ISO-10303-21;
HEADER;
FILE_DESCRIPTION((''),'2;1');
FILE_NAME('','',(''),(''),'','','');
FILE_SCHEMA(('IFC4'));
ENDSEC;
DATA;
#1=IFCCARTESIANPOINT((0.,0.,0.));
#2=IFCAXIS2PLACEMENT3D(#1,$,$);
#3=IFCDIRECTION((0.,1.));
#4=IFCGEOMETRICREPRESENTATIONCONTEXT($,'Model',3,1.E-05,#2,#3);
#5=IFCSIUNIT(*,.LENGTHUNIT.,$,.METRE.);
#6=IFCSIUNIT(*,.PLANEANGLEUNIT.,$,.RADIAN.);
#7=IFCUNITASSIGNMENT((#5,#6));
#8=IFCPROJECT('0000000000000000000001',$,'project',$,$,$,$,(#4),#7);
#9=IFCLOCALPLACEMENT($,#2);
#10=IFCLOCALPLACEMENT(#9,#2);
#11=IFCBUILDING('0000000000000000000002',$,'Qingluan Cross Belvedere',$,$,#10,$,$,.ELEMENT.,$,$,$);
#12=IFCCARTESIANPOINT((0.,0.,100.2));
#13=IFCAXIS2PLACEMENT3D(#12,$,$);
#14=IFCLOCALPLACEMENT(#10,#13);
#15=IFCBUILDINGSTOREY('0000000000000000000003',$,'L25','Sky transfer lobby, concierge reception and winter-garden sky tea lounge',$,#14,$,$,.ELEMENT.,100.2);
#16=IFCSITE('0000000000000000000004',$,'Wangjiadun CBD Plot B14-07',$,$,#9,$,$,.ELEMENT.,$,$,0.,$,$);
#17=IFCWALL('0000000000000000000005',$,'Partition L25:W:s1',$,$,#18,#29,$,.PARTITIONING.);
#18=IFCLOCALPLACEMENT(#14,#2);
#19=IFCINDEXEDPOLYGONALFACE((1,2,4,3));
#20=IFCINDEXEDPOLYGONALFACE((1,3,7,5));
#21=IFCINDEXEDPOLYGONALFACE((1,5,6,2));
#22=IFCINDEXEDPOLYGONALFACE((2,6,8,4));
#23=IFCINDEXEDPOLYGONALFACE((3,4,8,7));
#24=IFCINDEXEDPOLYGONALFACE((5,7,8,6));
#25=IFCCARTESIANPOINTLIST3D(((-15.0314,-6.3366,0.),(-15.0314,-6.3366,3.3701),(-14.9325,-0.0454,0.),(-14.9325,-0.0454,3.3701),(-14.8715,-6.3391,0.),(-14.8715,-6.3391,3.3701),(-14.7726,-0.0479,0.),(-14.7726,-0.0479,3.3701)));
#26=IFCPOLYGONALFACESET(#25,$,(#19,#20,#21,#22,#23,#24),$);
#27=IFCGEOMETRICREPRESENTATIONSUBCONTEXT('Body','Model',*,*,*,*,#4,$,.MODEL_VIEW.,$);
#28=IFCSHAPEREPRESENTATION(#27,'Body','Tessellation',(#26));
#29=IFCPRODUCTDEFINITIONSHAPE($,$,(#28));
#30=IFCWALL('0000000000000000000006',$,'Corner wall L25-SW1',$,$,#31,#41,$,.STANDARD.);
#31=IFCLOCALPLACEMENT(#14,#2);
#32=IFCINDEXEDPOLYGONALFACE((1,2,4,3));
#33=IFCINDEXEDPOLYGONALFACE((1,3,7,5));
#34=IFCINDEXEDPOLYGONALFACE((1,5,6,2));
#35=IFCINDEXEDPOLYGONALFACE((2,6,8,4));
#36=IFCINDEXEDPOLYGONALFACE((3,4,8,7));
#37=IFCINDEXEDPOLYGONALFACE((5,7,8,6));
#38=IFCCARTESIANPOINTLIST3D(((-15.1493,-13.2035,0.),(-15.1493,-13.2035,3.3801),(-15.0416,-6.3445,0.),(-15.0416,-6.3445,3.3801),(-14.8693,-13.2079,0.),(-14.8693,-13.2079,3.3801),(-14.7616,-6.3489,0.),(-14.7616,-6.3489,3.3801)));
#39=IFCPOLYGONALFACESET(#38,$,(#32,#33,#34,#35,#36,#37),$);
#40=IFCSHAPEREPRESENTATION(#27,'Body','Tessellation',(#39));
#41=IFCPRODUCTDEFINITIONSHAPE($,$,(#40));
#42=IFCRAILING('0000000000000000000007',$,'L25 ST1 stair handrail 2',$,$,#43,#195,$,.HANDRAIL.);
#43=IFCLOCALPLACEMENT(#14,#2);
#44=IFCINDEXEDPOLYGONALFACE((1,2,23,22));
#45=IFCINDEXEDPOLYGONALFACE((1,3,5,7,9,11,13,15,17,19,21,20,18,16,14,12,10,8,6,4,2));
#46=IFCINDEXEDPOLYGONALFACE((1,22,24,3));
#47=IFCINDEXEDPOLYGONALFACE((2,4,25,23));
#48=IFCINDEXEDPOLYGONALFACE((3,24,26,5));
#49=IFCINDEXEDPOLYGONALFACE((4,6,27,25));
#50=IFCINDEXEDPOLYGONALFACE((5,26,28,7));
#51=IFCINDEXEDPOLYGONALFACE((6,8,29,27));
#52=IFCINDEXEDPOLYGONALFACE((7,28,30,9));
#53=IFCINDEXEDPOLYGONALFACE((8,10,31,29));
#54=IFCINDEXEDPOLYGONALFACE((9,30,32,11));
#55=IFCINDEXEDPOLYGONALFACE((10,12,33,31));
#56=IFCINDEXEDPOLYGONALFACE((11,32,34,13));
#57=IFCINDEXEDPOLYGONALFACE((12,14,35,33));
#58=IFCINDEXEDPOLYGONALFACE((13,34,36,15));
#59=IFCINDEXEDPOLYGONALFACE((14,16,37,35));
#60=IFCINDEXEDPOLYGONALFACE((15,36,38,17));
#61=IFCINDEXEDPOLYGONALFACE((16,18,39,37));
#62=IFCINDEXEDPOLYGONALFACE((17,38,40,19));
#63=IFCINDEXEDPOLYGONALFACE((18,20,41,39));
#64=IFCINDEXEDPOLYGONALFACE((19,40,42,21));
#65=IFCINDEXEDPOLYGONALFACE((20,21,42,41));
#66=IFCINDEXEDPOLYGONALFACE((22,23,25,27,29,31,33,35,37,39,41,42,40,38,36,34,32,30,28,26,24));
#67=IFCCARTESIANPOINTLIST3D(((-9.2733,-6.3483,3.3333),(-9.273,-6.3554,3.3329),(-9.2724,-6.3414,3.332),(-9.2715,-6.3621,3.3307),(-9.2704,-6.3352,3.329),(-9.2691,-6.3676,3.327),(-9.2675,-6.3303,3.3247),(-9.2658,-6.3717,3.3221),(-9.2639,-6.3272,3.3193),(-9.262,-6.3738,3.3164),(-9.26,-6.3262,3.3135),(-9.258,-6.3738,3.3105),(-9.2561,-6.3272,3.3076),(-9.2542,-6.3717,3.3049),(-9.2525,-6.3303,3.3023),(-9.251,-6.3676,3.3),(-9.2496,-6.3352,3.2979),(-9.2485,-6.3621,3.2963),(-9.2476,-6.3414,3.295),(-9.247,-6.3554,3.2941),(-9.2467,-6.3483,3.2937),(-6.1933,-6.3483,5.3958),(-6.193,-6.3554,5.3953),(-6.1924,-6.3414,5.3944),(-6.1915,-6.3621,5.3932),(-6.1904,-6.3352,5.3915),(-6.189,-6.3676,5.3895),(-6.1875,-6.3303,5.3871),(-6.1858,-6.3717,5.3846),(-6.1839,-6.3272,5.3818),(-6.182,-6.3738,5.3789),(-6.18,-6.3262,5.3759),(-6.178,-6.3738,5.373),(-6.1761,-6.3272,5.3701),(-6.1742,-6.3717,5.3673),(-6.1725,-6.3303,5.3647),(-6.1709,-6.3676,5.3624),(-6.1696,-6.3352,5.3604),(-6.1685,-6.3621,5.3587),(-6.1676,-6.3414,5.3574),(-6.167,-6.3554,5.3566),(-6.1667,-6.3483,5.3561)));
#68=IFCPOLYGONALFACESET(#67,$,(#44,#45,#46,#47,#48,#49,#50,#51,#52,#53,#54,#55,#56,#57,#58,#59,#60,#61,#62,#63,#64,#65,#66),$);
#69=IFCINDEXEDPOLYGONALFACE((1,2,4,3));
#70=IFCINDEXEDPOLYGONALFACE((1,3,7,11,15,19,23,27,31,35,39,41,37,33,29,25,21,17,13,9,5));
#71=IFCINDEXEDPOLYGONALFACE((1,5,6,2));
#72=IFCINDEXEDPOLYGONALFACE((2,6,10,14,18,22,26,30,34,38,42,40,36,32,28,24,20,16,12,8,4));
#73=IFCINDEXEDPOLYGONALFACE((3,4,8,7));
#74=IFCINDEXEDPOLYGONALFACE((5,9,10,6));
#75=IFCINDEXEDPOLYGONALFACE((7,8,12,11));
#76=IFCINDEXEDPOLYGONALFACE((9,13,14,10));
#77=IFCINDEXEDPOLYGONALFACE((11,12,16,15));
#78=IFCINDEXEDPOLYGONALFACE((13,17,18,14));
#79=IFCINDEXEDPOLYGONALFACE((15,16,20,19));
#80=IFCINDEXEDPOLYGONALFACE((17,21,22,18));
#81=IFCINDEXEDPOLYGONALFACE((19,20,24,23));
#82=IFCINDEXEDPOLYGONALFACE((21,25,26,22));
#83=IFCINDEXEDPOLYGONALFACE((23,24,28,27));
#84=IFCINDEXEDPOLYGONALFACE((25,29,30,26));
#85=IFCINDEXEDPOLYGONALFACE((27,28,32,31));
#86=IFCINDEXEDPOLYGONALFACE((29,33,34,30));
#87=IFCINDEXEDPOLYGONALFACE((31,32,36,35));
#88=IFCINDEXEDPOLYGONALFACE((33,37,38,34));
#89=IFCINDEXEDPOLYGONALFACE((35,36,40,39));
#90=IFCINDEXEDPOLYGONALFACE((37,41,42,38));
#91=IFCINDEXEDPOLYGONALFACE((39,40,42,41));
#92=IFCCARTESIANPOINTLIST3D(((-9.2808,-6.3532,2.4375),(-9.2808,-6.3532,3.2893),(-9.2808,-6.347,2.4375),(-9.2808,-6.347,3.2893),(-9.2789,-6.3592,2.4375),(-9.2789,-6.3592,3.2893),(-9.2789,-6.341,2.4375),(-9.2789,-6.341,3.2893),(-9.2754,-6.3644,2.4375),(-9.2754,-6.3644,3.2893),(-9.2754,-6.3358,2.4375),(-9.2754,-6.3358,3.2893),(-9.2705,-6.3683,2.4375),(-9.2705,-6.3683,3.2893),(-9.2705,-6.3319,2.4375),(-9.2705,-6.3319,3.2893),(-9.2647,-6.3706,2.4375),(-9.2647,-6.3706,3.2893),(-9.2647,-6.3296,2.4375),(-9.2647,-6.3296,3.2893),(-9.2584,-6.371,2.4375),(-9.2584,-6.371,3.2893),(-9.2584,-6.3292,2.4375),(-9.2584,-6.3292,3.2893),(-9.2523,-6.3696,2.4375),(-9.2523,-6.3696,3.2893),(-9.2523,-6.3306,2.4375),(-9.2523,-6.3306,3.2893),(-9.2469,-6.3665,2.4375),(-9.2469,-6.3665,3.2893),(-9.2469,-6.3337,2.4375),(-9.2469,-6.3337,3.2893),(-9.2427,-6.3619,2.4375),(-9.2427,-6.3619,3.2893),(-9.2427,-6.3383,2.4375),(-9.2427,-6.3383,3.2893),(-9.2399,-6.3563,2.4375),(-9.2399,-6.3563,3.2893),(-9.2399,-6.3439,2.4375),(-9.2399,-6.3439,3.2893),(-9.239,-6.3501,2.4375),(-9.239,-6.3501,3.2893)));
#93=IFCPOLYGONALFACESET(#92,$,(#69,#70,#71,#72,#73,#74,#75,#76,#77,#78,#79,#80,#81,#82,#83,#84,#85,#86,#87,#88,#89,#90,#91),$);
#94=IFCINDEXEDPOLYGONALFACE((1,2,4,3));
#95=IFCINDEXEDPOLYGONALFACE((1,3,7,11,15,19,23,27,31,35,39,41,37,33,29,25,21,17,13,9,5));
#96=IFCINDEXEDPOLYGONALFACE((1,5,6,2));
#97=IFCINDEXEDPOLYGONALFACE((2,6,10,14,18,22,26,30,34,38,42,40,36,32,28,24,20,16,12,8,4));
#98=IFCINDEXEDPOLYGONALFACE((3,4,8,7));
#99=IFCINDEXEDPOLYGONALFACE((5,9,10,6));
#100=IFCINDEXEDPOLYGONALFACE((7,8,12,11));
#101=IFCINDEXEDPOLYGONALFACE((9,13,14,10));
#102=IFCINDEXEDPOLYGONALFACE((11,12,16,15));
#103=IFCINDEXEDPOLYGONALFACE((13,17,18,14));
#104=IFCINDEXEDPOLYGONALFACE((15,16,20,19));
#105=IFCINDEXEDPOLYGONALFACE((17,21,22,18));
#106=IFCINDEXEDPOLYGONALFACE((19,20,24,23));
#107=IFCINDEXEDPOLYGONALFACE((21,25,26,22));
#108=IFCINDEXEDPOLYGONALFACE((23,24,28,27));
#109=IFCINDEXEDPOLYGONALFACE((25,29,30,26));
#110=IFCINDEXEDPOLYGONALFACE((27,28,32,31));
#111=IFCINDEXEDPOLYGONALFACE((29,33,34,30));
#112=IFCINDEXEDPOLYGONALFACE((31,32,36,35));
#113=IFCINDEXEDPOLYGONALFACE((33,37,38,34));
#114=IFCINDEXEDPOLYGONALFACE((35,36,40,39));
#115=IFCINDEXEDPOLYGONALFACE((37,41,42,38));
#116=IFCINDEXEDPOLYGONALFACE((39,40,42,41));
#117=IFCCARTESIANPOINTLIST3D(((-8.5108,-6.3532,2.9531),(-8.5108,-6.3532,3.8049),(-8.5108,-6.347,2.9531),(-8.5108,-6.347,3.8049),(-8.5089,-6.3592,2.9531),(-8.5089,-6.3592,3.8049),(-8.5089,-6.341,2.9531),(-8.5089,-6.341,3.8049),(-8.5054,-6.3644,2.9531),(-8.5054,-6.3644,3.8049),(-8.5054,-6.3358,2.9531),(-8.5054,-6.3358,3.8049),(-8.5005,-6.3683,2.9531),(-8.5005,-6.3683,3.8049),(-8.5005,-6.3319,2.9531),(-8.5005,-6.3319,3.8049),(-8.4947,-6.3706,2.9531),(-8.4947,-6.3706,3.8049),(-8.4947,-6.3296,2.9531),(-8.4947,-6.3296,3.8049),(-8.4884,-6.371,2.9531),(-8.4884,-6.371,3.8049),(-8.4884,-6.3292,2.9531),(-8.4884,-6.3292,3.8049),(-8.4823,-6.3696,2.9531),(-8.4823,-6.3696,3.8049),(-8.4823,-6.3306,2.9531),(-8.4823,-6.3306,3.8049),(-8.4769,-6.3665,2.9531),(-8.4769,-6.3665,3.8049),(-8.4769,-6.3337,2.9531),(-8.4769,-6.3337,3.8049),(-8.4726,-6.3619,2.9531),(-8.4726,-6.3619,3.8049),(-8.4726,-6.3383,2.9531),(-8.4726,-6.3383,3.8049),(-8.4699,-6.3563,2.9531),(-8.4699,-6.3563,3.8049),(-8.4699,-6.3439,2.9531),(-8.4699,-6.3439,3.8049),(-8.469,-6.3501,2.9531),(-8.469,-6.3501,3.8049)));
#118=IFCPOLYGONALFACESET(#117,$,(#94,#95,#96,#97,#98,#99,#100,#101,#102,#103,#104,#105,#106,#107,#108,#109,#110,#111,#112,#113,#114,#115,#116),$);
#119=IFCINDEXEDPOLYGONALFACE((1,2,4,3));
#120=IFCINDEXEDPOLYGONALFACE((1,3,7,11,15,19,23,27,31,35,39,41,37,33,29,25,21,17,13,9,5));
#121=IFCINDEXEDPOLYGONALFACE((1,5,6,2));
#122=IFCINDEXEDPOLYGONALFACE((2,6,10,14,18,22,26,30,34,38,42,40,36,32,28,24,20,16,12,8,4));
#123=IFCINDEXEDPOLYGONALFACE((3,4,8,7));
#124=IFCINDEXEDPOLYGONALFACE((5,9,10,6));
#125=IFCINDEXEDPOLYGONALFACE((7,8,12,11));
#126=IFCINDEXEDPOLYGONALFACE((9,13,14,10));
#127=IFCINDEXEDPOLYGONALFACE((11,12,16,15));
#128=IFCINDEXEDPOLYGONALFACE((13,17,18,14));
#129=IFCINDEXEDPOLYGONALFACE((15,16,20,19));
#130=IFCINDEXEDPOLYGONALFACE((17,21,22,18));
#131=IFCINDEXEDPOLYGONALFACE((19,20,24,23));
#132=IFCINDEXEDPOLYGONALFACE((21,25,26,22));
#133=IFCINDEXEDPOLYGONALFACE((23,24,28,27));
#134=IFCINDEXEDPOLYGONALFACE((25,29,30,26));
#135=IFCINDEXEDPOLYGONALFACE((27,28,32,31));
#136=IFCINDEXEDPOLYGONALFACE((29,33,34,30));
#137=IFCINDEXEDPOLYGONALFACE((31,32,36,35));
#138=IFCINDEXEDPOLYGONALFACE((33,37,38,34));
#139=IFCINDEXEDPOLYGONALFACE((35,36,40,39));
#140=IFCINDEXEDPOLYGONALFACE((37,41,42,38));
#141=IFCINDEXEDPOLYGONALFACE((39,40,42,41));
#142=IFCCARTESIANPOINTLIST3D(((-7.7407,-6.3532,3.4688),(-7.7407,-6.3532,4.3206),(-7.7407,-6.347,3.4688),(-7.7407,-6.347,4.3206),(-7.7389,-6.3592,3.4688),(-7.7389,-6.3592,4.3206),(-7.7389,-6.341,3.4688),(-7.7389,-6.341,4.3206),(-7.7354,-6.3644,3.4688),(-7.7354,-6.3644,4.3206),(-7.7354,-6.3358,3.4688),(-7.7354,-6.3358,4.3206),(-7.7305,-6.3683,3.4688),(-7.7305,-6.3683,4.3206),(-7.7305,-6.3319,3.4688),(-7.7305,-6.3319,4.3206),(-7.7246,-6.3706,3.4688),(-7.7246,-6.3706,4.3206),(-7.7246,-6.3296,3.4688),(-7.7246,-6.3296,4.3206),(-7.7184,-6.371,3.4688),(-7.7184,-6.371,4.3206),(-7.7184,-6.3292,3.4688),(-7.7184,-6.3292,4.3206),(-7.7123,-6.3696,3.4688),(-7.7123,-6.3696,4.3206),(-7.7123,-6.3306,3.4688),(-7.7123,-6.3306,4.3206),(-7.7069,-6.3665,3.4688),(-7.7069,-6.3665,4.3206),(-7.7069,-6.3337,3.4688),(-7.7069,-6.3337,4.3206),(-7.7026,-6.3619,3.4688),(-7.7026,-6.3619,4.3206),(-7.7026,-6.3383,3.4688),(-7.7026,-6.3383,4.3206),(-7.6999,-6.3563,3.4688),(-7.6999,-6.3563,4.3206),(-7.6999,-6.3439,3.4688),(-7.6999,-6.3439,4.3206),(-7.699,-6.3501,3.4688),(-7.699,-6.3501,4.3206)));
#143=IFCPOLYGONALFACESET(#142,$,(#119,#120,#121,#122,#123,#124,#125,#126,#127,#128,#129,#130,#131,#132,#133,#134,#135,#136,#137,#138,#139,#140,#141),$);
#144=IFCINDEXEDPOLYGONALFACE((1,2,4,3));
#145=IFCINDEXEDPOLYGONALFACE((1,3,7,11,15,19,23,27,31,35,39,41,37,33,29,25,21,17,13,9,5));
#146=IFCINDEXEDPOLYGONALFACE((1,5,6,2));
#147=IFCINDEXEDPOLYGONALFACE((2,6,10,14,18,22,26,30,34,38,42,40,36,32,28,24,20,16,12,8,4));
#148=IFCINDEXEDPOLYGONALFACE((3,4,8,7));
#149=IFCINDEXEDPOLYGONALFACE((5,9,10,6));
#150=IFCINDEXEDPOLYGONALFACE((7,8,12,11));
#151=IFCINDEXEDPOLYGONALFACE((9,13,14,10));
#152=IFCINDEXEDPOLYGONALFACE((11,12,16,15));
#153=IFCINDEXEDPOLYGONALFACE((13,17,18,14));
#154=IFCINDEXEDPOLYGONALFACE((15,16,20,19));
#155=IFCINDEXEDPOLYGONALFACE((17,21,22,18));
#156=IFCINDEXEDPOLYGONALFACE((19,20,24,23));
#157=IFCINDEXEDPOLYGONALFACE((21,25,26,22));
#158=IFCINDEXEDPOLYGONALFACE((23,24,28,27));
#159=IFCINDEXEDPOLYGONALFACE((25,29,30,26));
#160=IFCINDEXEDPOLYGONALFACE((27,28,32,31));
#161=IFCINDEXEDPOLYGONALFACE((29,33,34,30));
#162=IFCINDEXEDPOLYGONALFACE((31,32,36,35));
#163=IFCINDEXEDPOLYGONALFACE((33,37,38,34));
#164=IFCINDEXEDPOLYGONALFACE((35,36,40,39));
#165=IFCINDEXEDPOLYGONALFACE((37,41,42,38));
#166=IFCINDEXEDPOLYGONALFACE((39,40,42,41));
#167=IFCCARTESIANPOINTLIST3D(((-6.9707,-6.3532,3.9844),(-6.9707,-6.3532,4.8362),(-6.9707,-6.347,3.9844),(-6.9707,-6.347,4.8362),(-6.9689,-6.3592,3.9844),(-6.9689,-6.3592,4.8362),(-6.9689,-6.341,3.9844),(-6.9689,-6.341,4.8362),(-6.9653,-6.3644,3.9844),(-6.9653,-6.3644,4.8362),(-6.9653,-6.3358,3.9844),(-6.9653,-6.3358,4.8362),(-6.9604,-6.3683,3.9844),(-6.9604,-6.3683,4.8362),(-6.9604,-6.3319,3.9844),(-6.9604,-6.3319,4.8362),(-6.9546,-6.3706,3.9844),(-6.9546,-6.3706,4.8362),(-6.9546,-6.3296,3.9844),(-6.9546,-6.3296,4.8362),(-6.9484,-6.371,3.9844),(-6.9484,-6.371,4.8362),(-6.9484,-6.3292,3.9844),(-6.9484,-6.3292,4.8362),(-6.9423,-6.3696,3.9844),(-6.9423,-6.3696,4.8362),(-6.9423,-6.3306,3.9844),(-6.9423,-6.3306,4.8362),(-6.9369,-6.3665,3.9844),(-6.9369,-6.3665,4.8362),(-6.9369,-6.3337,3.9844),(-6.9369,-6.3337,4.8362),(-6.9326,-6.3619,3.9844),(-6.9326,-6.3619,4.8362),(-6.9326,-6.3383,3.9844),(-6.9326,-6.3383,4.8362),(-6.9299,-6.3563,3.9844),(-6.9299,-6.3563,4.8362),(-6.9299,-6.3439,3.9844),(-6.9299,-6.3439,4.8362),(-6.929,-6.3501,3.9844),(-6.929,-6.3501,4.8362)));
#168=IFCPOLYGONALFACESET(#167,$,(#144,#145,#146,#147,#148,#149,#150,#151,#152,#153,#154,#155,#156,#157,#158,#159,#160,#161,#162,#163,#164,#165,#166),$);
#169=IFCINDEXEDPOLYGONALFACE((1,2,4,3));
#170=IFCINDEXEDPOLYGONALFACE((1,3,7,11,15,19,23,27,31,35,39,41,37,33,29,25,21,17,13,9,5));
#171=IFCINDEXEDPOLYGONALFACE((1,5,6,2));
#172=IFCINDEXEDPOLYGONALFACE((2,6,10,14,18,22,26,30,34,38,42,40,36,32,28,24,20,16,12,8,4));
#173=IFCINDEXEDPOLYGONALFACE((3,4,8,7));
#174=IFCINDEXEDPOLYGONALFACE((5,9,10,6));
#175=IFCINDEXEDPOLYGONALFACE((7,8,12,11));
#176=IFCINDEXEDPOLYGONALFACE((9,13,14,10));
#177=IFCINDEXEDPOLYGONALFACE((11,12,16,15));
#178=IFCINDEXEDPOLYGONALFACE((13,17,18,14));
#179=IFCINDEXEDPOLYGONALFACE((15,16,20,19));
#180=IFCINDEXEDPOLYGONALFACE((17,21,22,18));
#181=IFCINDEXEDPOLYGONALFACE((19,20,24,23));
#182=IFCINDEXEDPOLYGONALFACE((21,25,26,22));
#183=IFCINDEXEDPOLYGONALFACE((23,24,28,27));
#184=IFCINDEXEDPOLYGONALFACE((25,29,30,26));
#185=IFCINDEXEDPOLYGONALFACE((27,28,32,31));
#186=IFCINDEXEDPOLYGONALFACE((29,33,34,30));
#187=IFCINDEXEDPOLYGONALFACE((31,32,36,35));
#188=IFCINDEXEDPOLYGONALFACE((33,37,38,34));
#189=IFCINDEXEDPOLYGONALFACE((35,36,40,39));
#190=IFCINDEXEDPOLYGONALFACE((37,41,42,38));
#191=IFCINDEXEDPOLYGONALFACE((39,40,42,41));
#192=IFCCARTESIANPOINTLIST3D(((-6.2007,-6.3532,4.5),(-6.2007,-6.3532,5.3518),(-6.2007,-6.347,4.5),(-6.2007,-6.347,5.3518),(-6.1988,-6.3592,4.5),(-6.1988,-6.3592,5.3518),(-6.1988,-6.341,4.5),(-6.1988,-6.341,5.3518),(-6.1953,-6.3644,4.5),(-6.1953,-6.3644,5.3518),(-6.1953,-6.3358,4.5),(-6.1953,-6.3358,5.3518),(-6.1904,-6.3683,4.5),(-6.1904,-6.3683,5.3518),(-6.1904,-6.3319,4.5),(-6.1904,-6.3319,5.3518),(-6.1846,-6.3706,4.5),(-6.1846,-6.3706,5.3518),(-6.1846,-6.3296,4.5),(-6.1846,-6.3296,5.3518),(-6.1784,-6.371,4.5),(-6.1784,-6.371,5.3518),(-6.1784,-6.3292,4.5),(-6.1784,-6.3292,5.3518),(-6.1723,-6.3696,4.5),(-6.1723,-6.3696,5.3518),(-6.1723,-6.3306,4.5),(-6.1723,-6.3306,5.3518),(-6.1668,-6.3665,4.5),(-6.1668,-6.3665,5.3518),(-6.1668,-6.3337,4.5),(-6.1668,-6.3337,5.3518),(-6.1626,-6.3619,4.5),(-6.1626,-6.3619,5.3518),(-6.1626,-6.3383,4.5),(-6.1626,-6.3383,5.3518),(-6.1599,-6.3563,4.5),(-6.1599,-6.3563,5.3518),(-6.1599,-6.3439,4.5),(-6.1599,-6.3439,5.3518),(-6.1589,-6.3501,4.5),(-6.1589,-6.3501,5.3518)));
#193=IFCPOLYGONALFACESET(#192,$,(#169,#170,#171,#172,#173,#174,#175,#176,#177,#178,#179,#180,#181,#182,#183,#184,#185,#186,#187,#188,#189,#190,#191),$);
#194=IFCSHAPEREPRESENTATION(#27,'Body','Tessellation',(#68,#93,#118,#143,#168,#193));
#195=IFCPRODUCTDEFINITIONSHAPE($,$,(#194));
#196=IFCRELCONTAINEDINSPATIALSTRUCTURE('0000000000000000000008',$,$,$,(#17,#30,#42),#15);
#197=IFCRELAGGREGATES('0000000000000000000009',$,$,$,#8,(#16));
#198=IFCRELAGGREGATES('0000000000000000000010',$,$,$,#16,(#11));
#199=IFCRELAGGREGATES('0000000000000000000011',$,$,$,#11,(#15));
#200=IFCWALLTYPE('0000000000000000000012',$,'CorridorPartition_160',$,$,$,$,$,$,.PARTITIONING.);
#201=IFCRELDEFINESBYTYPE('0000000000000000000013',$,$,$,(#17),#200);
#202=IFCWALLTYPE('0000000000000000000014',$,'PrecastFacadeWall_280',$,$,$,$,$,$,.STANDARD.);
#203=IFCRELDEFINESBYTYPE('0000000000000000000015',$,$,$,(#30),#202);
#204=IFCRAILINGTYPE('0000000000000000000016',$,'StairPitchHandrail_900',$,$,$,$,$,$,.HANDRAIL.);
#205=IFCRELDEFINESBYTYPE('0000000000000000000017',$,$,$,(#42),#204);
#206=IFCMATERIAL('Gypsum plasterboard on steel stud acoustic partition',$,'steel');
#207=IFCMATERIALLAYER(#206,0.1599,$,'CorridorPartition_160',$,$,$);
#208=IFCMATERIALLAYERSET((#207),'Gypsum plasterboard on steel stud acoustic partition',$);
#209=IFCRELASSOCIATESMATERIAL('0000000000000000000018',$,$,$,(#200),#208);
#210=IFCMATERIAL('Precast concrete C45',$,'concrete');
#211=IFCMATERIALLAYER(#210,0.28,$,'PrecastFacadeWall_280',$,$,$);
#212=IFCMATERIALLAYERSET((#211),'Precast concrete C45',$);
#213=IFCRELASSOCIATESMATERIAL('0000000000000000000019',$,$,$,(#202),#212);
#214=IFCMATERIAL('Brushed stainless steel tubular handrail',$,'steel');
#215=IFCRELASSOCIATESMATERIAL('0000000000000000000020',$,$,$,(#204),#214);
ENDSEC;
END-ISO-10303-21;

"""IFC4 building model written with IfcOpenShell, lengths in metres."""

from ifc_helpers import new_model, si_unit, direction, frame, frame_2d, origin, origin_2d, place, context, subcontext, project, spatial, rectangle, circle, extrude, material, layer, layer_set, type_object, element, save


model = new_model("IFC4")

# Units and contexts
model_context = context("Model", 3, precision=1e-05, world=origin(), true_north=direction((0.0, 1.0)))
body_context = subcontext(model_context, "Body", "Model", "MODEL_VIEW")
ifc_project = project(units=[si_unit("LENGTHUNIT", "METRE"), si_unit("PLANEANGLEUNIT", "RADIAN")], contexts=[model_context])

# Site, building, storey
site_placement = place(None, origin())
site = spatial("IfcSite", under=ifc_project, at=site_placement, Name="Wangjiadun CBD Plot B14-07", CompositionType="ELEMENT", RefElevation=0.0)
building_placement = place(site_placement, origin())
building = spatial("IfcBuilding", under=site, at=building_placement, Name="Qingluan Cross Belvedere", CompositionType="ELEMENT")
storey_placement = place(building_placement, frame((0.0, 0.0, 100.2)))
storey = spatial("IfcBuildingStorey", under=building, at=storey_placement, Name="L25", Description="Sky transfer lobby, concierge reception and winter-garden sky tea lounge", CompositionType="ELEMENT", Elevation=100.2)

# Shared definitions
ifc_material_1 = material(Name="Gypsum plasterboard on steel stud acoustic partition", Category="steel")
ifc_layer_1 = layer(ifc_material_1, 0.1599, Name="CorridorPartition_160")
ifc_layer_set_1 = layer_set([ifc_layer_1], Name="Gypsum plasterboard on steel stud acoustic partition")
wall_type_1 = type_object("IfcWallType", Name="CorridorPartition_160", PredefinedType="PARTITIONING", material=ifc_layer_set_1)

# Walls
wall_1_placement = place(storey_placement, frame((-14.8525, -0.0466, 0.0), z_axis=(0.0, 0.0, 1.0), x_axis=(-0.015715, -0.999877, 0.0)))
element("IfcWall", 1, at=wall_1_placement, inside=storey, type_object=wall_type_1, Name="Partition L25:W:s1", PredefinedType="PARTITIONING", context=body_context, shape_type="SweptSolid", body=[
    extrude(rectangle(XDim=6.292, YDim=0.1599, at=frame_2d((3.146, 0.0))), origin(), (0.0, 0.0, 1.0), 3.3701),
])
ifc_material_2 = material(Name="Precast concrete C45", Category="concrete")
ifc_layer_2 = layer(ifc_material_2, 0.28, Name="PrecastFacadeWall_280")
ifc_layer_set_2 = layer_set([ifc_layer_2], Name="Precast concrete C45")
wall_type_2 = type_object("IfcWallType", Name="PrecastFacadeWall_280", PredefinedType="STANDARD", material=ifc_layer_set_2)
wall_2_placement = place(storey_placement, frame((-14.9016, -6.3467, 0.0), z_axis=(0.0, 0.0, 1.0), x_axis=(-0.015695, -0.999877, 0.0)))
element("IfcWall", 2, at=wall_2_placement, inside=storey, type_object=wall_type_2, Name="Corner wall L25-SW1", PredefinedType="STANDARD", context=body_context, shape_type="SweptSolid", body=[
    extrude(rectangle(XDim=6.8599, YDim=0.28, at=frame_2d((3.4299, 0.0))), origin(), (0.0, 0.0, 1.0), 3.3801),
])

# Railing
ifc_material_3 = material(Name="Brushed stainless steel tubular handrail", Category="steel")
railing_type_1 = type_object("IfcRailingType", Name="StairPitchHandrail_900", PredefinedType="HANDRAIL", material=ifc_material_3)
railing_1_placement = place(storey_placement, frame((-9.26, -6.3501, 2.4375)))
element("IfcRailing", 3, at=railing_1_placement, inside=storey, type_object=railing_type_1, Name="L25 ST1 stair handrail 2", PredefinedType="HANDRAIL", context=body_context, shape_type="SweptSolid", body=[
    extrude(circle(Radius=0.0239, at=origin_2d()), frame((0.0, 0.0, 0.876), z_axis=(0.830914, 0.0, 0.556401), x_axis=(0.0, 1.0, 0.0)), (0.0, 0.0, 1.0), 3.7068),
    extrude(circle(Radius=0.021, at=origin_2d()), origin(), (0.0, 0.0, 1.0), 0.8518),
    extrude(circle(Radius=0.021, at=origin_2d()), frame((0.77, 0.0, 0.5156)), (0.0, 0.0, 1.0), 0.8518),
    extrude(circle(Radius=0.021, at=origin_2d()), frame((1.54, 0.0, 1.0312)), (0.0, 0.0, 1.0), 0.8518),
    extrude(circle(Radius=0.021, at=origin_2d()), frame((2.3101, 0.0, 1.5469)), (0.0, 0.0, 1.0), 0.8518),
    extrude(circle(Radius=0.021, at=origin_2d()), frame((3.0801, 0.0, 2.0625)), (0.0, 0.0, 1.0), 0.8518),
])

save(model, "model.ifc")
